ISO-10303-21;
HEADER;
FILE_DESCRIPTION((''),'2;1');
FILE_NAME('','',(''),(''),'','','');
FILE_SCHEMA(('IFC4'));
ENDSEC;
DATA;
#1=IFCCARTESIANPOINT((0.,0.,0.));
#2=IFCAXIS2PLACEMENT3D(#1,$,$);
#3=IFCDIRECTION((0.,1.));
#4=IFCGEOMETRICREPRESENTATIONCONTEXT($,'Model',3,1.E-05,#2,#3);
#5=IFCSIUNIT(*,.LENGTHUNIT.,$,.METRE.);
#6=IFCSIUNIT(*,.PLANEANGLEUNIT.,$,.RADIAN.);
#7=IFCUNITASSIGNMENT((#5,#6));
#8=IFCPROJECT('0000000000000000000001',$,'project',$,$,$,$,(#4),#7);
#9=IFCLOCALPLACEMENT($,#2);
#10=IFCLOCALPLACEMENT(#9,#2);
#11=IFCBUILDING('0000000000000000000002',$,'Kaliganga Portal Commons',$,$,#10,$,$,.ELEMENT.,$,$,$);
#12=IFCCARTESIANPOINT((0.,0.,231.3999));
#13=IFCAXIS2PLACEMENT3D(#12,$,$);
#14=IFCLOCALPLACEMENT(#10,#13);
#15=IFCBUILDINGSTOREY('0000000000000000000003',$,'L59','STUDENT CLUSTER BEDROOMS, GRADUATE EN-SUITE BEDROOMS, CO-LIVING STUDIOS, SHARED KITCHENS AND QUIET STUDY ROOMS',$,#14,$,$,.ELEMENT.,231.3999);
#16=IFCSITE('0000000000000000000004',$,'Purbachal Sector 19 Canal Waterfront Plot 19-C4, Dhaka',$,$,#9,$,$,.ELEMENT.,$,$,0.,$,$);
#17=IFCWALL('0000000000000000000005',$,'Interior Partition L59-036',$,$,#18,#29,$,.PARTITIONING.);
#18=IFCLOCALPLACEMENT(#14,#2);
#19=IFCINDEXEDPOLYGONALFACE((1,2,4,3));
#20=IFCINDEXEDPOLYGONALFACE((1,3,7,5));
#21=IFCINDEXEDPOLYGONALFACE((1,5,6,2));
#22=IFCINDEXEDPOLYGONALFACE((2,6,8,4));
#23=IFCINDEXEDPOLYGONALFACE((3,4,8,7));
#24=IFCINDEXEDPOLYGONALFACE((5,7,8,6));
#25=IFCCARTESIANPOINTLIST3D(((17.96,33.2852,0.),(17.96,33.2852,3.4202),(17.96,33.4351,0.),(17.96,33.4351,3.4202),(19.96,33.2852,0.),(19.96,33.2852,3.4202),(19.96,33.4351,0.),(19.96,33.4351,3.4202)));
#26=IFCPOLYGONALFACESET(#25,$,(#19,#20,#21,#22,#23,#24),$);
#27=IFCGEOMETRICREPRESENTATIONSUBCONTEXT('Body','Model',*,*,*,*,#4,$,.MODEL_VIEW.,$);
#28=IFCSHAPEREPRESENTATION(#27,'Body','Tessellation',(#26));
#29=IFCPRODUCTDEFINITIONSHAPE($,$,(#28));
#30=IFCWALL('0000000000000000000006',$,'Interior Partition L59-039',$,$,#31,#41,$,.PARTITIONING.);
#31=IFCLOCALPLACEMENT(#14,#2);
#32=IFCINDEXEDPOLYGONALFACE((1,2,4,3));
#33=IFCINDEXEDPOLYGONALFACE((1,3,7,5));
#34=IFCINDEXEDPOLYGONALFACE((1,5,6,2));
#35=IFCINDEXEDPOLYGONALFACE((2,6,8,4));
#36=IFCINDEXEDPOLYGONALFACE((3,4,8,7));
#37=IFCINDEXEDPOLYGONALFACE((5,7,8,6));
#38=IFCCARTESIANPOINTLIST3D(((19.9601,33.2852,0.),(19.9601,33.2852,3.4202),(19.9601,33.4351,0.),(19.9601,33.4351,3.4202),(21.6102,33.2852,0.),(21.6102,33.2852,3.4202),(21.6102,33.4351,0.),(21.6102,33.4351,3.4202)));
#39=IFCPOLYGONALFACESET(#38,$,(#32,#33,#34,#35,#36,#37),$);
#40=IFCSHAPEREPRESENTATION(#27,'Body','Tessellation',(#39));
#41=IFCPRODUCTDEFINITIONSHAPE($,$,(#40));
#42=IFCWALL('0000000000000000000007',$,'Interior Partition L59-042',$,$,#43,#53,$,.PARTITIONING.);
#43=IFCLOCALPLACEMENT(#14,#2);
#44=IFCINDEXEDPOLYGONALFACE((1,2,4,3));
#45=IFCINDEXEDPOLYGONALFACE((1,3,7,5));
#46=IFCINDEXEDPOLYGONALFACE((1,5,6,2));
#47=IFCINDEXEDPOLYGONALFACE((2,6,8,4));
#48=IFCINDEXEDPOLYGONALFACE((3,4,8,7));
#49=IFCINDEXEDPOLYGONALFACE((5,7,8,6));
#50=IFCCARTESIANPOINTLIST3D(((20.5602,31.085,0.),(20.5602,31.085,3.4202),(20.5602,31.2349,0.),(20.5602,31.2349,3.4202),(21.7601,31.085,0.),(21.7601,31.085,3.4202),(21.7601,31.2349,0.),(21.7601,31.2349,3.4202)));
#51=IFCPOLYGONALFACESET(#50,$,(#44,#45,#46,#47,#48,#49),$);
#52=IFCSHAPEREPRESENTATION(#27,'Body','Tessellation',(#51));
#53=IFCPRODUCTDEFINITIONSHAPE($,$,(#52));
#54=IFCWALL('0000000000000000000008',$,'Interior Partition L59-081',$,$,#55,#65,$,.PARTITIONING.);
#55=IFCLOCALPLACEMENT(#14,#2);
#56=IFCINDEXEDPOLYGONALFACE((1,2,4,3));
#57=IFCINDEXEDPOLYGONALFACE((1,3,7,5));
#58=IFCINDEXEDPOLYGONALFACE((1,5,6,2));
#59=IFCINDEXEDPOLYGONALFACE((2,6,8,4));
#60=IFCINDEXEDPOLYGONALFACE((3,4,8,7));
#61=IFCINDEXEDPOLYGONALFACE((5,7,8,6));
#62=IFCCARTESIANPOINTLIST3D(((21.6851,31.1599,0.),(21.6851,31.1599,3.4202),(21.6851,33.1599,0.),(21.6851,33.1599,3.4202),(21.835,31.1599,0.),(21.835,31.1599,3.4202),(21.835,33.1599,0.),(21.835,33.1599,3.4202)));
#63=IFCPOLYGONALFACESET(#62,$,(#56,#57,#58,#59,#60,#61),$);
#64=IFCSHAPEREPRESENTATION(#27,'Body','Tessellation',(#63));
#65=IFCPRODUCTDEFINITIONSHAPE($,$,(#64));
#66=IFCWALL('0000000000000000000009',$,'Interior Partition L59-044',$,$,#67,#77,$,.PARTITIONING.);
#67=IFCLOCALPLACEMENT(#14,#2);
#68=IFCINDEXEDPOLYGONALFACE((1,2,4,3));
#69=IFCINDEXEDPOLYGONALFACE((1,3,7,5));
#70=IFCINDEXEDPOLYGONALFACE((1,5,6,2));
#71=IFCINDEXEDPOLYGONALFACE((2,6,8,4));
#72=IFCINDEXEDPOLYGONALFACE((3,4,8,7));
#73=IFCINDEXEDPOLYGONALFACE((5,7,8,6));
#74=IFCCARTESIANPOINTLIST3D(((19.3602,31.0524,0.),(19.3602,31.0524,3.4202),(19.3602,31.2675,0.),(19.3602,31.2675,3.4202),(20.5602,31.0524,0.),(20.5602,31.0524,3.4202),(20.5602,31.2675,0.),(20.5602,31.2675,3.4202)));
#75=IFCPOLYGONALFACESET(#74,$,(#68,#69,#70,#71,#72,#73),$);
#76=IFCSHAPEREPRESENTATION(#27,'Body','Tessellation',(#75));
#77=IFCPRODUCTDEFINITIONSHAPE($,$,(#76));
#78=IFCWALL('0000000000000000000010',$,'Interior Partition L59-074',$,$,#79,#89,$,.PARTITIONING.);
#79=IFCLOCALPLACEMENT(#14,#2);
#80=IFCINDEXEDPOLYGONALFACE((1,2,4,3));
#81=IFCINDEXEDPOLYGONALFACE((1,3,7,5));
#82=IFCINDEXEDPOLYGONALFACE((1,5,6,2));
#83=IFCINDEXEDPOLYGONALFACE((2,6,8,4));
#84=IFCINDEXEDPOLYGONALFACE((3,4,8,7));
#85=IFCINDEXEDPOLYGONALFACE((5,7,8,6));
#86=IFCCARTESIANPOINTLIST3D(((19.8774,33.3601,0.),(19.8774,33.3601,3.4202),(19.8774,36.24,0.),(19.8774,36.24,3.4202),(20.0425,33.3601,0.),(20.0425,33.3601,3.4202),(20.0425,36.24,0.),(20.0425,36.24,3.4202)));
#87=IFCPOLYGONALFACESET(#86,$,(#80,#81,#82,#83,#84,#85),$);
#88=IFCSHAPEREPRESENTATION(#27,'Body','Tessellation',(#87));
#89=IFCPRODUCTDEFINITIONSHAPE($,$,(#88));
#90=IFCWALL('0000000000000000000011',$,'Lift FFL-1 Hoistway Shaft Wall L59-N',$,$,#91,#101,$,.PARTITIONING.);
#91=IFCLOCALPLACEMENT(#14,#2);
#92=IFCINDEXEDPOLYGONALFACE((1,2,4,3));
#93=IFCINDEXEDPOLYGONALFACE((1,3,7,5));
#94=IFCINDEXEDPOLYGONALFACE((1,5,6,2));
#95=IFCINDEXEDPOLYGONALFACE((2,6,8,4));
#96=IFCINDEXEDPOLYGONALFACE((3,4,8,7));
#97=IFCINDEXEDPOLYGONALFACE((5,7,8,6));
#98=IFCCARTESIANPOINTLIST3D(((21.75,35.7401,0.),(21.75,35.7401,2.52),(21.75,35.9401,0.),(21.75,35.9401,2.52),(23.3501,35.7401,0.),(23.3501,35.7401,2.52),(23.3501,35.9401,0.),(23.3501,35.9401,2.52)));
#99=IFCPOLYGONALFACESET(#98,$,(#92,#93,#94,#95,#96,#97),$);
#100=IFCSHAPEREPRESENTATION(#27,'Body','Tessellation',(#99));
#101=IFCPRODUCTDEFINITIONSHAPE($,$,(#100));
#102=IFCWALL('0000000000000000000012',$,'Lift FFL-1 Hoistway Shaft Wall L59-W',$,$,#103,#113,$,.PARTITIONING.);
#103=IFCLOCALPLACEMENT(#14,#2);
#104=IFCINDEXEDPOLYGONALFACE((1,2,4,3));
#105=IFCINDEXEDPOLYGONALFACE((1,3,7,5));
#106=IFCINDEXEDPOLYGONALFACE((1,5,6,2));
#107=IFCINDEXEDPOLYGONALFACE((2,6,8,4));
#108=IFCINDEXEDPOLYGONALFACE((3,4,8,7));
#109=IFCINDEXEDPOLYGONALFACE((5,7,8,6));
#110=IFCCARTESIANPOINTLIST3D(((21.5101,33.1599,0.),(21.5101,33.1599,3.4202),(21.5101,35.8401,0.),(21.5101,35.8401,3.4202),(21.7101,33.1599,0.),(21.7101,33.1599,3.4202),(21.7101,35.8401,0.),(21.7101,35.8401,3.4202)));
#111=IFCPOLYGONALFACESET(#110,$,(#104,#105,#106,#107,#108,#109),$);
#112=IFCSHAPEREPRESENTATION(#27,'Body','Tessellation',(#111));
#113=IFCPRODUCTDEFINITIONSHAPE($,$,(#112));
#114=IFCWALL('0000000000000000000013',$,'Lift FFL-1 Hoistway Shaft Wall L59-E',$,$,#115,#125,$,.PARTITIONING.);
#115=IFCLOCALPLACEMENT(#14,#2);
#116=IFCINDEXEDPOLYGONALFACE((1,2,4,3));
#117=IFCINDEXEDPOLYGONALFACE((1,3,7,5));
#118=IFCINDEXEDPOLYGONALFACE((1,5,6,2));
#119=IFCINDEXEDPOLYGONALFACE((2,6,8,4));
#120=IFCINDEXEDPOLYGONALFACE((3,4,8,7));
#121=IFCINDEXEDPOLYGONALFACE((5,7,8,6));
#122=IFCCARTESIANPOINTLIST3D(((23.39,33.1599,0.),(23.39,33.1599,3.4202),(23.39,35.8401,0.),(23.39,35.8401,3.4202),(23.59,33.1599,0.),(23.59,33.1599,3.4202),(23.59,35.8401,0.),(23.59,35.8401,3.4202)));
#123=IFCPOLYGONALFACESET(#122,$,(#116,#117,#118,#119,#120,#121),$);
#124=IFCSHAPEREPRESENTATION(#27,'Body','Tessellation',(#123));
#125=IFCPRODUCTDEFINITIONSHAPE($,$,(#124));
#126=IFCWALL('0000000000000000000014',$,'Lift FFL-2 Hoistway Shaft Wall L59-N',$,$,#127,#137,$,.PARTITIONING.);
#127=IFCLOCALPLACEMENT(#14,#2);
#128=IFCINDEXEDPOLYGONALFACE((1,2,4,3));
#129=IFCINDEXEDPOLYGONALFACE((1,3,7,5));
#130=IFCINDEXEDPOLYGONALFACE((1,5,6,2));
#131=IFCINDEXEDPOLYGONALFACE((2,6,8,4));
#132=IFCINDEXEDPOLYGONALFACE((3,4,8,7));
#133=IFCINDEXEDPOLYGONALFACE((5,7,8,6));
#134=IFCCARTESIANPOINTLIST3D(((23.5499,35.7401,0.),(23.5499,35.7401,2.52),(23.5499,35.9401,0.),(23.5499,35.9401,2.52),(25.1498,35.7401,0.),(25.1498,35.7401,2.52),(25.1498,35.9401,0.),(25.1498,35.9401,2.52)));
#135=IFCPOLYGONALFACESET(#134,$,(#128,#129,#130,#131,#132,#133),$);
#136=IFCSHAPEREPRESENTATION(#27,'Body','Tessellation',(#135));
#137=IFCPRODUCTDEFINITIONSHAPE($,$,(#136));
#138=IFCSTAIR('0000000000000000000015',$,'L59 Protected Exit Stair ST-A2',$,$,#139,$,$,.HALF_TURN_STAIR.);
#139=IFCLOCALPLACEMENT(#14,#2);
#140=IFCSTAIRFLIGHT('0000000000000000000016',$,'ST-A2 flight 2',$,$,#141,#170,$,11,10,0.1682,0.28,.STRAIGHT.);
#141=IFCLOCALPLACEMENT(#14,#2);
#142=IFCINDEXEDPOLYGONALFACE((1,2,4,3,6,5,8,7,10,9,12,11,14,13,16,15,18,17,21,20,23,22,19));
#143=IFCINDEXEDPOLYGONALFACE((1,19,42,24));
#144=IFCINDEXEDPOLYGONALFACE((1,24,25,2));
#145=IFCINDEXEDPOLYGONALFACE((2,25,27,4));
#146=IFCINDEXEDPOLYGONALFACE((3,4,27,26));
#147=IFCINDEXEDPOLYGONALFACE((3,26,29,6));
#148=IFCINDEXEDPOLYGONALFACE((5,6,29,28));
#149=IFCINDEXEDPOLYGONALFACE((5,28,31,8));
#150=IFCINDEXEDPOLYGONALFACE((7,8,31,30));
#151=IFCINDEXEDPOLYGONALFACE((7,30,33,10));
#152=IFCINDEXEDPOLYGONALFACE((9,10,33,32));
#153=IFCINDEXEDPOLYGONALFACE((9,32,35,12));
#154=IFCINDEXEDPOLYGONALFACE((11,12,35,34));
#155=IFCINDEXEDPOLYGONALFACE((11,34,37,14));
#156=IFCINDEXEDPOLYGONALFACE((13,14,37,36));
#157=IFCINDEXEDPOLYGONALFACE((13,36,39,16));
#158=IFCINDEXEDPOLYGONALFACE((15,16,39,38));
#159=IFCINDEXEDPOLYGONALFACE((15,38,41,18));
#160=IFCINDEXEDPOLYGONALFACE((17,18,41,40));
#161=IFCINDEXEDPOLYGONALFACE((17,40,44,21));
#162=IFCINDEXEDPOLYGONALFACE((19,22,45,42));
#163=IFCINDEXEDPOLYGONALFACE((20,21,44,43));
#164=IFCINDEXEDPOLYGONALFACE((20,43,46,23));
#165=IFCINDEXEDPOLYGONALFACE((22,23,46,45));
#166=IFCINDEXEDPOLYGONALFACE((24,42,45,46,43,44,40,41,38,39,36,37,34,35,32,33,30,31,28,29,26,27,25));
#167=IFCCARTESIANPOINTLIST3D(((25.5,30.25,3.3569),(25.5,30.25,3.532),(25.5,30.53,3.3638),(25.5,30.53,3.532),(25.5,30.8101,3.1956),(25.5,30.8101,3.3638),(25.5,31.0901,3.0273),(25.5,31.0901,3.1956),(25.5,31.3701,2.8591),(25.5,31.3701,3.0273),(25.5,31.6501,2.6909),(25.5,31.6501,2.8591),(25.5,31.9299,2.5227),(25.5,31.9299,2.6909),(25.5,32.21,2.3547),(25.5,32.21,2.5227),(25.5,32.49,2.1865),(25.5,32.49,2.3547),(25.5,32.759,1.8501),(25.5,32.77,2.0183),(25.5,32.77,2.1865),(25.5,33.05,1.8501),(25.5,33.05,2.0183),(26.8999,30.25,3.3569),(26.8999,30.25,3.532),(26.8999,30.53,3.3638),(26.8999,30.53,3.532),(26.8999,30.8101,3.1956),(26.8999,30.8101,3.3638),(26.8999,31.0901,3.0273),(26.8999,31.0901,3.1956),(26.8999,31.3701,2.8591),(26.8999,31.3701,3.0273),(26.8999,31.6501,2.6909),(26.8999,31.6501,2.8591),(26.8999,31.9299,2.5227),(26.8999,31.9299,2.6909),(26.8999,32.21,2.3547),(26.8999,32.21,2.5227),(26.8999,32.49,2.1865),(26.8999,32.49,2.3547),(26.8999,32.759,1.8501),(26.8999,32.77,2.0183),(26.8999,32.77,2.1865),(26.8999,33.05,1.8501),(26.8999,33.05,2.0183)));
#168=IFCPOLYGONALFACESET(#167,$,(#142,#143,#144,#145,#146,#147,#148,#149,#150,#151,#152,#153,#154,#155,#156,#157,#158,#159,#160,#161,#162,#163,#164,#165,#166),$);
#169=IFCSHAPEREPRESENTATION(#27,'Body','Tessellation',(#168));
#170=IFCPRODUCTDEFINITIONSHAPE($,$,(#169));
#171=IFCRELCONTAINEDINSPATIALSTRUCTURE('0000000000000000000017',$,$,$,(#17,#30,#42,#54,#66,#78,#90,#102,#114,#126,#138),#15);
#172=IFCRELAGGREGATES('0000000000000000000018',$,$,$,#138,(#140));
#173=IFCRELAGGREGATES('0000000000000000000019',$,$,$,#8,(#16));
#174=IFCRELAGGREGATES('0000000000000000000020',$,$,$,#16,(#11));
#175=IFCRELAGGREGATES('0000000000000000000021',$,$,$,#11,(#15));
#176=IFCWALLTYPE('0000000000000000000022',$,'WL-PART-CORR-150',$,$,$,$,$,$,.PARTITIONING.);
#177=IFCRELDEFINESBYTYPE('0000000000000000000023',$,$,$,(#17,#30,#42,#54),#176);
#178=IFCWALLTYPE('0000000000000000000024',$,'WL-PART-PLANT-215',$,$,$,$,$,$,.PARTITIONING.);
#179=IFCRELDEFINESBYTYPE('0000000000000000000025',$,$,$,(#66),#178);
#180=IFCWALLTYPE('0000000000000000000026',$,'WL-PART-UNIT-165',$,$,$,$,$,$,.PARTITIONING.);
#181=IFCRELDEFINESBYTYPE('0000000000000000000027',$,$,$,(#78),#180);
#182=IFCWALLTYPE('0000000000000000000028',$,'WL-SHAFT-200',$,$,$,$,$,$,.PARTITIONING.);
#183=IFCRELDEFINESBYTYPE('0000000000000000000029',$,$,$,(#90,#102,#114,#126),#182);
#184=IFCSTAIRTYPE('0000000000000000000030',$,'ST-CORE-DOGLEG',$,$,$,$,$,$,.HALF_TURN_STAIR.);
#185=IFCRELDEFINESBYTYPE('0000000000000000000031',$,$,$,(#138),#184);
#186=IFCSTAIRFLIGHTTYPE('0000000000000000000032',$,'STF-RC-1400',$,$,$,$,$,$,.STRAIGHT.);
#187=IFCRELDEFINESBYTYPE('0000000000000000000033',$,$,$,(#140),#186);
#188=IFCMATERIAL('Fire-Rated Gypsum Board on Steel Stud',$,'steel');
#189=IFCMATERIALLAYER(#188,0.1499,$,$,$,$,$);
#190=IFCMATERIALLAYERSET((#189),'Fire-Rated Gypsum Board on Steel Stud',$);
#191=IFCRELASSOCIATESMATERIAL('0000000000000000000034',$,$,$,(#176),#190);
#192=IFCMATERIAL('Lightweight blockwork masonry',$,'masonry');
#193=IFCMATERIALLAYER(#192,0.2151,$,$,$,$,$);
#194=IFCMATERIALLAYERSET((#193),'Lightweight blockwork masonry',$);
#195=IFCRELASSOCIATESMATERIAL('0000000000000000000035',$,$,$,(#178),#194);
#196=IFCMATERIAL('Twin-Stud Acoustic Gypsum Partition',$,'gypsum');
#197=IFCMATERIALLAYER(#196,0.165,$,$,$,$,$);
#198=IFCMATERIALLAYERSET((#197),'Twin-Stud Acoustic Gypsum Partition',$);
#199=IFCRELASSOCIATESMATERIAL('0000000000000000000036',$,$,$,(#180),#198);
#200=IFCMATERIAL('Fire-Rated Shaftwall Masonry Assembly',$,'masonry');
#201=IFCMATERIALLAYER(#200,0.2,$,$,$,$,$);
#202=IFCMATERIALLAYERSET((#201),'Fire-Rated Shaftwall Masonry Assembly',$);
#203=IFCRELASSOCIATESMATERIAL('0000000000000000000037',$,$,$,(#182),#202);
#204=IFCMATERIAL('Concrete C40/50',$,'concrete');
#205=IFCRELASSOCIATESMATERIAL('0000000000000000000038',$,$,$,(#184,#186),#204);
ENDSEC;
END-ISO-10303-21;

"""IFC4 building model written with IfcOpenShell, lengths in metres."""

from ifc_helpers import new_model, si_unit, direction, frame, frame_2d, origin, place, context, subcontext, project, spatial, polyline, rectangle, outline, extrude, material, layer, layer_set, type_object, element, aggregate, save


model = new_model("IFC4")

# Units and contexts
model_context = context("Model", 3, precision=1e-05, world=origin(), true_north=direction((0.0, 1.0)))
body_context = subcontext(model_context, "Body", "Model", "MODEL_VIEW")
ifc_project = project(units=[si_unit("LENGTHUNIT", "METRE"), si_unit("PLANEANGLEUNIT", "RADIAN")], contexts=[model_context])

# Site, building, storey
site_placement = place(None, origin())
site = spatial("IfcSite", under=ifc_project, at=site_placement, Name="Purbachal Sector 19 Canal Waterfront Plot 19-C4, Dhaka", CompositionType="ELEMENT", RefElevation=0.0)
building_placement = place(site_placement, origin())
building = spatial("IfcBuilding", under=site, at=building_placement, Name="Kaliganga Portal Commons", CompositionType="ELEMENT")
storey_placement = place(building_placement, frame((0.0, 0.0, 231.3999)))
storey = spatial("IfcBuildingStorey", under=building, at=storey_placement, Name="L59", Description="STUDENT CLUSTER BEDROOMS, GRADUATE EN-SUITE BEDROOMS, CO-LIVING STUDIOS, SHARED KITCHENS AND QUIET STUDY ROOMS", CompositionType="ELEMENT", Elevation=231.3999)

# Walls
ifc_material_1 = material(Name="Fire-Rated Gypsum Board on Steel Stud", Category="steel")
ifc_layer_1 = layer(ifc_material_1, 0.1499)
ifc_layer_set_1 = layer_set([ifc_layer_1], Name="Fire-Rated Gypsum Board on Steel Stud")
wall_type_1 = type_object("IfcWallType", Name="WL-PART-CORR-150", PredefinedType="PARTITIONING", material=ifc_layer_set_1)
wall_1_placement = place(storey_placement, frame((17.96, 33.3601, 0.0), z_axis=(0.0, 0.0, 1.0), x_axis=(1.0, 0.0, 0.0)))
element("IfcWall", 1, at=wall_1_placement, inside=storey, type_object=wall_type_1, Name="Interior Partition L59-036", PredefinedType="PARTITIONING", context=body_context, shape_type="SweptSolid", body=[
    extrude(rectangle(XDim=2.0, YDim=0.1499, at=frame_2d((1.0, 0.0))), origin(), (0.0, 0.0, 1.0), 3.4202),
])
wall_2_placement = place(storey_placement, frame((19.96, 33.3601, 0.0), z_axis=(0.0, 0.0, 1.0), x_axis=(1.0, 0.0, 0.0)))
element("IfcWall", 2, at=wall_2_placement, inside=storey, type_object=wall_type_1, Name="Interior Partition L59-039", PredefinedType="PARTITIONING", context=body_context, shape_type="SweptSolid", body=[
    extrude(rectangle(XDim=1.6501, YDim=0.1499, at=frame_2d((0.8252, 0.0))), origin(), (0.0, 0.0, 1.0), 3.4202),
])
wall_3_placement = place(storey_placement, frame((20.5601, 31.1599, 0.0), z_axis=(0.0, 0.0, 1.0), x_axis=(1.0, 0.0, 0.0)))
element("IfcWall", 3, at=wall_3_placement, inside=storey, type_object=wall_type_1, Name="Interior Partition L59-042", PredefinedType="PARTITIONING", context=body_context, shape_type="SweptSolid", body=[
    extrude(rectangle(XDim=1.2, YDim=0.1499, at=frame_2d((0.6001, 0.0))), origin(), (0.0, 0.0, 1.0), 3.4202),
])
wall_4_placement = place(storey_placement, frame((21.76, 31.1599, 0.0), z_axis=(0.0, 0.0, 1.0), x_axis=(0.0, 1.0, 0.0)))
element("IfcWall", 4, at=wall_4_placement, inside=storey, type_object=wall_type_1, Name="Interior Partition L59-081", PredefinedType="PARTITIONING", context=body_context, shape_type="SweptSolid", body=[
    extrude(rectangle(XDim=2.0, YDim=0.1499, at=frame_2d((1.0, 0.0))), origin(), (0.0, 0.0, 1.0), 3.4202),
])
ifc_material_2 = material(Name="Lightweight blockwork masonry", Category="masonry")
ifc_layer_2 = layer(ifc_material_2, 0.2151)
ifc_layer_set_2 = layer_set([ifc_layer_2], Name="Lightweight blockwork masonry")
wall_type_2 = type_object("IfcWallType", Name="WL-PART-PLANT-215", PredefinedType="PARTITIONING", material=ifc_layer_set_2)
wall_5_placement = place(storey_placement, frame((19.3601, 31.1599, 0.0), z_axis=(0.0, 0.0, 1.0), x_axis=(1.0, 0.0, 0.0)))
element("IfcWall", 5, at=wall_5_placement, inside=storey, type_object=wall_type_2, Name="Interior Partition L59-044", PredefinedType="PARTITIONING", context=body_context, shape_type="SweptSolid", body=[
    extrude(rectangle(XDim=1.2, YDim=0.2151, at=frame_2d((0.6001, 0.0))), origin(), (0.0, 0.0, 1.0), 3.4202),
])
ifc_material_3 = material(Name="Twin-Stud Acoustic Gypsum Partition", Category="gypsum")
ifc_layer_3 = layer(ifc_material_3, 0.165)
ifc_layer_set_3 = layer_set([ifc_layer_3], Name="Twin-Stud Acoustic Gypsum Partition")
wall_type_3 = type_object("IfcWallType", Name="WL-PART-UNIT-165", PredefinedType="PARTITIONING", material=ifc_layer_set_3)
wall_6_placement = place(storey_placement, frame((19.96, 33.3601, 0.0), z_axis=(0.0, 0.0, 1.0), x_axis=(0.0, 1.0, 0.0)))
element("IfcWall", 6, at=wall_6_placement, inside=storey, type_object=wall_type_3, Name="Interior Partition L59-074", PredefinedType="PARTITIONING", context=body_context, shape_type="SweptSolid", body=[
    extrude(rectangle(XDim=2.8799, YDim=0.165, at=frame_2d((1.4399, 0.0))), origin(), (0.0, 0.0, 1.0), 3.4202),
])

# Shared definitions
ifc_material_4 = material(Name="Fire-Rated Shaftwall Masonry Assembly", Category="masonry")
ifc_layer_4 = layer(ifc_material_4, 0.2)
ifc_layer_set_4 = layer_set([ifc_layer_4], Name="Fire-Rated Shaftwall Masonry Assembly")
wall_type_4 = type_object("IfcWallType", Name="WL-SHAFT-200", PredefinedType="PARTITIONING", material=ifc_layer_set_4)

# Walls
wall_7_placement = place(storey_placement, frame((21.75, 35.8401, 0.0), z_axis=(0.0, 0.0, 1.0), x_axis=(1.0, 0.0, 0.0)))
element("IfcWall", 7, at=wall_7_placement, inside=storey, type_object=wall_type_4, Name="Lift FFL-1 Hoistway Shaft Wall L59-N", PredefinedType="PARTITIONING", context=body_context, shape_type="SweptSolid", body=[
    extrude(rectangle(XDim=1.6001, YDim=0.2, at=frame_2d((0.8, 0.0))), origin(), (0.0, 0.0, 1.0), 2.52),
])
for number, where, z_axis, x_axis, name in (
    (8, (21.6101, 33.1599, 0.0), (0.0, 0.0, 1.0), (0.0, 1.0, 0.0), "Lift FFL-1 Hoistway Shaft Wall L59-W"),
    (9, (23.49, 33.1599, 0.0), (0.0, 0.0, 1.0), (0.0, 1.0, 0.0), "Lift FFL-1 Hoistway Shaft Wall L59-E"),
):
    element("IfcWall", number, at=place(storey_placement, frame(where, z_axis=z_axis, x_axis=x_axis)), inside=storey, type_object=wall_type_4, Name=name, PredefinedType="PARTITIONING", context=body_context, shape_type="SweptSolid", body=[
        extrude(rectangle(XDim=2.6802, YDim=0.2, at=frame_2d((1.3401, 0.0))), origin(), (0.0, 0.0, 1.0), 3.4202),
    ])

# Wall
wall_8_placement = place(storey_placement, frame((23.55, 35.8401, 0.0), z_axis=(0.0, 0.0, 1.0), x_axis=(1.0, 0.0, 0.0)))
element("IfcWall", 10, at=wall_8_placement, inside=storey, type_object=wall_type_4, Name="Lift FFL-2 Hoistway Shaft Wall L59-N", PredefinedType="PARTITIONING", context=body_context, shape_type="SweptSolid", body=[
    extrude(rectangle(XDim=1.5999, YDim=0.2, at=frame_2d((0.7998, 0.0))), origin(), (0.0, 0.0, 1.0), 2.52),
])

# Stair, stair flight
ifc_material_5 = material(Name="Concrete C40/50", Category="concrete")
stair_type = type_object("IfcStairType", Name="ST-CORE-DOGLEG", PredefinedType="HALF_TURN_STAIR", material=ifc_material_5)
stair_placement = place(storey_placement, origin())
stair = element("IfcStair", 11, at=stair_placement, inside=storey, type_object=stair_type, Name="L59 Protected Exit Stair ST-A2", PredefinedType="HALF_TURN_STAIR")
stair_flight_type = type_object("IfcStairFlightType", Name="STF-RC-1400", PredefinedType="STRAIGHT", material=ifc_material_5)
stair_flight_placement = place(storey_placement, frame((26.2, 33.05, 1.8501), z_axis=(0.0, 0.0, 1.0), x_axis=(0.0, -1.0, 0.0)))
stair_flight = element("IfcStairFlight", 12, at=stair_flight_placement, type_object=stair_flight_type, Name="ST-A2 flight 2", NumberOfRisers=11, NumberOfTreads=10, PredefinedType="STRAIGHT", RiserHeight=0.1682, TreadLength=0.28, context=body_context, shape_type="SweptSolid", body=[
    extrude(outline(polyline([(0.0, 0.0), (0.0, 0.1682), (0.28, 0.1682), (0.28, 0.3364), (0.5601, 0.3364), (0.5601, 0.5046), (0.8401, 0.5046), (0.8401, 0.6726), (1.1201, 0.6726), (1.1201, 0.8408), (1.3999, 0.8408), (1.3999, 1.009), (1.6799, 1.009), (1.6799, 1.1772), (1.96, 1.1772), (1.96, 1.3455), (2.24, 1.3455), (2.24, 1.5137), (2.52, 1.5137), (2.52, 1.6819), (2.8, 1.6819), (2.8, 1.8501), (2.8, 1.5068), (0.291, 0.0), (0.0, 0.0)])), frame((0.0, 0.7, 0.0), z_axis=(0.0, -1.0, 0.0), x_axis=(1.0, 0.0, 0.0)), (0.0, 0.0, 1.0), 1.3999),
])
aggregate(stair, [stair_flight])

save(model, "model.ifc")
